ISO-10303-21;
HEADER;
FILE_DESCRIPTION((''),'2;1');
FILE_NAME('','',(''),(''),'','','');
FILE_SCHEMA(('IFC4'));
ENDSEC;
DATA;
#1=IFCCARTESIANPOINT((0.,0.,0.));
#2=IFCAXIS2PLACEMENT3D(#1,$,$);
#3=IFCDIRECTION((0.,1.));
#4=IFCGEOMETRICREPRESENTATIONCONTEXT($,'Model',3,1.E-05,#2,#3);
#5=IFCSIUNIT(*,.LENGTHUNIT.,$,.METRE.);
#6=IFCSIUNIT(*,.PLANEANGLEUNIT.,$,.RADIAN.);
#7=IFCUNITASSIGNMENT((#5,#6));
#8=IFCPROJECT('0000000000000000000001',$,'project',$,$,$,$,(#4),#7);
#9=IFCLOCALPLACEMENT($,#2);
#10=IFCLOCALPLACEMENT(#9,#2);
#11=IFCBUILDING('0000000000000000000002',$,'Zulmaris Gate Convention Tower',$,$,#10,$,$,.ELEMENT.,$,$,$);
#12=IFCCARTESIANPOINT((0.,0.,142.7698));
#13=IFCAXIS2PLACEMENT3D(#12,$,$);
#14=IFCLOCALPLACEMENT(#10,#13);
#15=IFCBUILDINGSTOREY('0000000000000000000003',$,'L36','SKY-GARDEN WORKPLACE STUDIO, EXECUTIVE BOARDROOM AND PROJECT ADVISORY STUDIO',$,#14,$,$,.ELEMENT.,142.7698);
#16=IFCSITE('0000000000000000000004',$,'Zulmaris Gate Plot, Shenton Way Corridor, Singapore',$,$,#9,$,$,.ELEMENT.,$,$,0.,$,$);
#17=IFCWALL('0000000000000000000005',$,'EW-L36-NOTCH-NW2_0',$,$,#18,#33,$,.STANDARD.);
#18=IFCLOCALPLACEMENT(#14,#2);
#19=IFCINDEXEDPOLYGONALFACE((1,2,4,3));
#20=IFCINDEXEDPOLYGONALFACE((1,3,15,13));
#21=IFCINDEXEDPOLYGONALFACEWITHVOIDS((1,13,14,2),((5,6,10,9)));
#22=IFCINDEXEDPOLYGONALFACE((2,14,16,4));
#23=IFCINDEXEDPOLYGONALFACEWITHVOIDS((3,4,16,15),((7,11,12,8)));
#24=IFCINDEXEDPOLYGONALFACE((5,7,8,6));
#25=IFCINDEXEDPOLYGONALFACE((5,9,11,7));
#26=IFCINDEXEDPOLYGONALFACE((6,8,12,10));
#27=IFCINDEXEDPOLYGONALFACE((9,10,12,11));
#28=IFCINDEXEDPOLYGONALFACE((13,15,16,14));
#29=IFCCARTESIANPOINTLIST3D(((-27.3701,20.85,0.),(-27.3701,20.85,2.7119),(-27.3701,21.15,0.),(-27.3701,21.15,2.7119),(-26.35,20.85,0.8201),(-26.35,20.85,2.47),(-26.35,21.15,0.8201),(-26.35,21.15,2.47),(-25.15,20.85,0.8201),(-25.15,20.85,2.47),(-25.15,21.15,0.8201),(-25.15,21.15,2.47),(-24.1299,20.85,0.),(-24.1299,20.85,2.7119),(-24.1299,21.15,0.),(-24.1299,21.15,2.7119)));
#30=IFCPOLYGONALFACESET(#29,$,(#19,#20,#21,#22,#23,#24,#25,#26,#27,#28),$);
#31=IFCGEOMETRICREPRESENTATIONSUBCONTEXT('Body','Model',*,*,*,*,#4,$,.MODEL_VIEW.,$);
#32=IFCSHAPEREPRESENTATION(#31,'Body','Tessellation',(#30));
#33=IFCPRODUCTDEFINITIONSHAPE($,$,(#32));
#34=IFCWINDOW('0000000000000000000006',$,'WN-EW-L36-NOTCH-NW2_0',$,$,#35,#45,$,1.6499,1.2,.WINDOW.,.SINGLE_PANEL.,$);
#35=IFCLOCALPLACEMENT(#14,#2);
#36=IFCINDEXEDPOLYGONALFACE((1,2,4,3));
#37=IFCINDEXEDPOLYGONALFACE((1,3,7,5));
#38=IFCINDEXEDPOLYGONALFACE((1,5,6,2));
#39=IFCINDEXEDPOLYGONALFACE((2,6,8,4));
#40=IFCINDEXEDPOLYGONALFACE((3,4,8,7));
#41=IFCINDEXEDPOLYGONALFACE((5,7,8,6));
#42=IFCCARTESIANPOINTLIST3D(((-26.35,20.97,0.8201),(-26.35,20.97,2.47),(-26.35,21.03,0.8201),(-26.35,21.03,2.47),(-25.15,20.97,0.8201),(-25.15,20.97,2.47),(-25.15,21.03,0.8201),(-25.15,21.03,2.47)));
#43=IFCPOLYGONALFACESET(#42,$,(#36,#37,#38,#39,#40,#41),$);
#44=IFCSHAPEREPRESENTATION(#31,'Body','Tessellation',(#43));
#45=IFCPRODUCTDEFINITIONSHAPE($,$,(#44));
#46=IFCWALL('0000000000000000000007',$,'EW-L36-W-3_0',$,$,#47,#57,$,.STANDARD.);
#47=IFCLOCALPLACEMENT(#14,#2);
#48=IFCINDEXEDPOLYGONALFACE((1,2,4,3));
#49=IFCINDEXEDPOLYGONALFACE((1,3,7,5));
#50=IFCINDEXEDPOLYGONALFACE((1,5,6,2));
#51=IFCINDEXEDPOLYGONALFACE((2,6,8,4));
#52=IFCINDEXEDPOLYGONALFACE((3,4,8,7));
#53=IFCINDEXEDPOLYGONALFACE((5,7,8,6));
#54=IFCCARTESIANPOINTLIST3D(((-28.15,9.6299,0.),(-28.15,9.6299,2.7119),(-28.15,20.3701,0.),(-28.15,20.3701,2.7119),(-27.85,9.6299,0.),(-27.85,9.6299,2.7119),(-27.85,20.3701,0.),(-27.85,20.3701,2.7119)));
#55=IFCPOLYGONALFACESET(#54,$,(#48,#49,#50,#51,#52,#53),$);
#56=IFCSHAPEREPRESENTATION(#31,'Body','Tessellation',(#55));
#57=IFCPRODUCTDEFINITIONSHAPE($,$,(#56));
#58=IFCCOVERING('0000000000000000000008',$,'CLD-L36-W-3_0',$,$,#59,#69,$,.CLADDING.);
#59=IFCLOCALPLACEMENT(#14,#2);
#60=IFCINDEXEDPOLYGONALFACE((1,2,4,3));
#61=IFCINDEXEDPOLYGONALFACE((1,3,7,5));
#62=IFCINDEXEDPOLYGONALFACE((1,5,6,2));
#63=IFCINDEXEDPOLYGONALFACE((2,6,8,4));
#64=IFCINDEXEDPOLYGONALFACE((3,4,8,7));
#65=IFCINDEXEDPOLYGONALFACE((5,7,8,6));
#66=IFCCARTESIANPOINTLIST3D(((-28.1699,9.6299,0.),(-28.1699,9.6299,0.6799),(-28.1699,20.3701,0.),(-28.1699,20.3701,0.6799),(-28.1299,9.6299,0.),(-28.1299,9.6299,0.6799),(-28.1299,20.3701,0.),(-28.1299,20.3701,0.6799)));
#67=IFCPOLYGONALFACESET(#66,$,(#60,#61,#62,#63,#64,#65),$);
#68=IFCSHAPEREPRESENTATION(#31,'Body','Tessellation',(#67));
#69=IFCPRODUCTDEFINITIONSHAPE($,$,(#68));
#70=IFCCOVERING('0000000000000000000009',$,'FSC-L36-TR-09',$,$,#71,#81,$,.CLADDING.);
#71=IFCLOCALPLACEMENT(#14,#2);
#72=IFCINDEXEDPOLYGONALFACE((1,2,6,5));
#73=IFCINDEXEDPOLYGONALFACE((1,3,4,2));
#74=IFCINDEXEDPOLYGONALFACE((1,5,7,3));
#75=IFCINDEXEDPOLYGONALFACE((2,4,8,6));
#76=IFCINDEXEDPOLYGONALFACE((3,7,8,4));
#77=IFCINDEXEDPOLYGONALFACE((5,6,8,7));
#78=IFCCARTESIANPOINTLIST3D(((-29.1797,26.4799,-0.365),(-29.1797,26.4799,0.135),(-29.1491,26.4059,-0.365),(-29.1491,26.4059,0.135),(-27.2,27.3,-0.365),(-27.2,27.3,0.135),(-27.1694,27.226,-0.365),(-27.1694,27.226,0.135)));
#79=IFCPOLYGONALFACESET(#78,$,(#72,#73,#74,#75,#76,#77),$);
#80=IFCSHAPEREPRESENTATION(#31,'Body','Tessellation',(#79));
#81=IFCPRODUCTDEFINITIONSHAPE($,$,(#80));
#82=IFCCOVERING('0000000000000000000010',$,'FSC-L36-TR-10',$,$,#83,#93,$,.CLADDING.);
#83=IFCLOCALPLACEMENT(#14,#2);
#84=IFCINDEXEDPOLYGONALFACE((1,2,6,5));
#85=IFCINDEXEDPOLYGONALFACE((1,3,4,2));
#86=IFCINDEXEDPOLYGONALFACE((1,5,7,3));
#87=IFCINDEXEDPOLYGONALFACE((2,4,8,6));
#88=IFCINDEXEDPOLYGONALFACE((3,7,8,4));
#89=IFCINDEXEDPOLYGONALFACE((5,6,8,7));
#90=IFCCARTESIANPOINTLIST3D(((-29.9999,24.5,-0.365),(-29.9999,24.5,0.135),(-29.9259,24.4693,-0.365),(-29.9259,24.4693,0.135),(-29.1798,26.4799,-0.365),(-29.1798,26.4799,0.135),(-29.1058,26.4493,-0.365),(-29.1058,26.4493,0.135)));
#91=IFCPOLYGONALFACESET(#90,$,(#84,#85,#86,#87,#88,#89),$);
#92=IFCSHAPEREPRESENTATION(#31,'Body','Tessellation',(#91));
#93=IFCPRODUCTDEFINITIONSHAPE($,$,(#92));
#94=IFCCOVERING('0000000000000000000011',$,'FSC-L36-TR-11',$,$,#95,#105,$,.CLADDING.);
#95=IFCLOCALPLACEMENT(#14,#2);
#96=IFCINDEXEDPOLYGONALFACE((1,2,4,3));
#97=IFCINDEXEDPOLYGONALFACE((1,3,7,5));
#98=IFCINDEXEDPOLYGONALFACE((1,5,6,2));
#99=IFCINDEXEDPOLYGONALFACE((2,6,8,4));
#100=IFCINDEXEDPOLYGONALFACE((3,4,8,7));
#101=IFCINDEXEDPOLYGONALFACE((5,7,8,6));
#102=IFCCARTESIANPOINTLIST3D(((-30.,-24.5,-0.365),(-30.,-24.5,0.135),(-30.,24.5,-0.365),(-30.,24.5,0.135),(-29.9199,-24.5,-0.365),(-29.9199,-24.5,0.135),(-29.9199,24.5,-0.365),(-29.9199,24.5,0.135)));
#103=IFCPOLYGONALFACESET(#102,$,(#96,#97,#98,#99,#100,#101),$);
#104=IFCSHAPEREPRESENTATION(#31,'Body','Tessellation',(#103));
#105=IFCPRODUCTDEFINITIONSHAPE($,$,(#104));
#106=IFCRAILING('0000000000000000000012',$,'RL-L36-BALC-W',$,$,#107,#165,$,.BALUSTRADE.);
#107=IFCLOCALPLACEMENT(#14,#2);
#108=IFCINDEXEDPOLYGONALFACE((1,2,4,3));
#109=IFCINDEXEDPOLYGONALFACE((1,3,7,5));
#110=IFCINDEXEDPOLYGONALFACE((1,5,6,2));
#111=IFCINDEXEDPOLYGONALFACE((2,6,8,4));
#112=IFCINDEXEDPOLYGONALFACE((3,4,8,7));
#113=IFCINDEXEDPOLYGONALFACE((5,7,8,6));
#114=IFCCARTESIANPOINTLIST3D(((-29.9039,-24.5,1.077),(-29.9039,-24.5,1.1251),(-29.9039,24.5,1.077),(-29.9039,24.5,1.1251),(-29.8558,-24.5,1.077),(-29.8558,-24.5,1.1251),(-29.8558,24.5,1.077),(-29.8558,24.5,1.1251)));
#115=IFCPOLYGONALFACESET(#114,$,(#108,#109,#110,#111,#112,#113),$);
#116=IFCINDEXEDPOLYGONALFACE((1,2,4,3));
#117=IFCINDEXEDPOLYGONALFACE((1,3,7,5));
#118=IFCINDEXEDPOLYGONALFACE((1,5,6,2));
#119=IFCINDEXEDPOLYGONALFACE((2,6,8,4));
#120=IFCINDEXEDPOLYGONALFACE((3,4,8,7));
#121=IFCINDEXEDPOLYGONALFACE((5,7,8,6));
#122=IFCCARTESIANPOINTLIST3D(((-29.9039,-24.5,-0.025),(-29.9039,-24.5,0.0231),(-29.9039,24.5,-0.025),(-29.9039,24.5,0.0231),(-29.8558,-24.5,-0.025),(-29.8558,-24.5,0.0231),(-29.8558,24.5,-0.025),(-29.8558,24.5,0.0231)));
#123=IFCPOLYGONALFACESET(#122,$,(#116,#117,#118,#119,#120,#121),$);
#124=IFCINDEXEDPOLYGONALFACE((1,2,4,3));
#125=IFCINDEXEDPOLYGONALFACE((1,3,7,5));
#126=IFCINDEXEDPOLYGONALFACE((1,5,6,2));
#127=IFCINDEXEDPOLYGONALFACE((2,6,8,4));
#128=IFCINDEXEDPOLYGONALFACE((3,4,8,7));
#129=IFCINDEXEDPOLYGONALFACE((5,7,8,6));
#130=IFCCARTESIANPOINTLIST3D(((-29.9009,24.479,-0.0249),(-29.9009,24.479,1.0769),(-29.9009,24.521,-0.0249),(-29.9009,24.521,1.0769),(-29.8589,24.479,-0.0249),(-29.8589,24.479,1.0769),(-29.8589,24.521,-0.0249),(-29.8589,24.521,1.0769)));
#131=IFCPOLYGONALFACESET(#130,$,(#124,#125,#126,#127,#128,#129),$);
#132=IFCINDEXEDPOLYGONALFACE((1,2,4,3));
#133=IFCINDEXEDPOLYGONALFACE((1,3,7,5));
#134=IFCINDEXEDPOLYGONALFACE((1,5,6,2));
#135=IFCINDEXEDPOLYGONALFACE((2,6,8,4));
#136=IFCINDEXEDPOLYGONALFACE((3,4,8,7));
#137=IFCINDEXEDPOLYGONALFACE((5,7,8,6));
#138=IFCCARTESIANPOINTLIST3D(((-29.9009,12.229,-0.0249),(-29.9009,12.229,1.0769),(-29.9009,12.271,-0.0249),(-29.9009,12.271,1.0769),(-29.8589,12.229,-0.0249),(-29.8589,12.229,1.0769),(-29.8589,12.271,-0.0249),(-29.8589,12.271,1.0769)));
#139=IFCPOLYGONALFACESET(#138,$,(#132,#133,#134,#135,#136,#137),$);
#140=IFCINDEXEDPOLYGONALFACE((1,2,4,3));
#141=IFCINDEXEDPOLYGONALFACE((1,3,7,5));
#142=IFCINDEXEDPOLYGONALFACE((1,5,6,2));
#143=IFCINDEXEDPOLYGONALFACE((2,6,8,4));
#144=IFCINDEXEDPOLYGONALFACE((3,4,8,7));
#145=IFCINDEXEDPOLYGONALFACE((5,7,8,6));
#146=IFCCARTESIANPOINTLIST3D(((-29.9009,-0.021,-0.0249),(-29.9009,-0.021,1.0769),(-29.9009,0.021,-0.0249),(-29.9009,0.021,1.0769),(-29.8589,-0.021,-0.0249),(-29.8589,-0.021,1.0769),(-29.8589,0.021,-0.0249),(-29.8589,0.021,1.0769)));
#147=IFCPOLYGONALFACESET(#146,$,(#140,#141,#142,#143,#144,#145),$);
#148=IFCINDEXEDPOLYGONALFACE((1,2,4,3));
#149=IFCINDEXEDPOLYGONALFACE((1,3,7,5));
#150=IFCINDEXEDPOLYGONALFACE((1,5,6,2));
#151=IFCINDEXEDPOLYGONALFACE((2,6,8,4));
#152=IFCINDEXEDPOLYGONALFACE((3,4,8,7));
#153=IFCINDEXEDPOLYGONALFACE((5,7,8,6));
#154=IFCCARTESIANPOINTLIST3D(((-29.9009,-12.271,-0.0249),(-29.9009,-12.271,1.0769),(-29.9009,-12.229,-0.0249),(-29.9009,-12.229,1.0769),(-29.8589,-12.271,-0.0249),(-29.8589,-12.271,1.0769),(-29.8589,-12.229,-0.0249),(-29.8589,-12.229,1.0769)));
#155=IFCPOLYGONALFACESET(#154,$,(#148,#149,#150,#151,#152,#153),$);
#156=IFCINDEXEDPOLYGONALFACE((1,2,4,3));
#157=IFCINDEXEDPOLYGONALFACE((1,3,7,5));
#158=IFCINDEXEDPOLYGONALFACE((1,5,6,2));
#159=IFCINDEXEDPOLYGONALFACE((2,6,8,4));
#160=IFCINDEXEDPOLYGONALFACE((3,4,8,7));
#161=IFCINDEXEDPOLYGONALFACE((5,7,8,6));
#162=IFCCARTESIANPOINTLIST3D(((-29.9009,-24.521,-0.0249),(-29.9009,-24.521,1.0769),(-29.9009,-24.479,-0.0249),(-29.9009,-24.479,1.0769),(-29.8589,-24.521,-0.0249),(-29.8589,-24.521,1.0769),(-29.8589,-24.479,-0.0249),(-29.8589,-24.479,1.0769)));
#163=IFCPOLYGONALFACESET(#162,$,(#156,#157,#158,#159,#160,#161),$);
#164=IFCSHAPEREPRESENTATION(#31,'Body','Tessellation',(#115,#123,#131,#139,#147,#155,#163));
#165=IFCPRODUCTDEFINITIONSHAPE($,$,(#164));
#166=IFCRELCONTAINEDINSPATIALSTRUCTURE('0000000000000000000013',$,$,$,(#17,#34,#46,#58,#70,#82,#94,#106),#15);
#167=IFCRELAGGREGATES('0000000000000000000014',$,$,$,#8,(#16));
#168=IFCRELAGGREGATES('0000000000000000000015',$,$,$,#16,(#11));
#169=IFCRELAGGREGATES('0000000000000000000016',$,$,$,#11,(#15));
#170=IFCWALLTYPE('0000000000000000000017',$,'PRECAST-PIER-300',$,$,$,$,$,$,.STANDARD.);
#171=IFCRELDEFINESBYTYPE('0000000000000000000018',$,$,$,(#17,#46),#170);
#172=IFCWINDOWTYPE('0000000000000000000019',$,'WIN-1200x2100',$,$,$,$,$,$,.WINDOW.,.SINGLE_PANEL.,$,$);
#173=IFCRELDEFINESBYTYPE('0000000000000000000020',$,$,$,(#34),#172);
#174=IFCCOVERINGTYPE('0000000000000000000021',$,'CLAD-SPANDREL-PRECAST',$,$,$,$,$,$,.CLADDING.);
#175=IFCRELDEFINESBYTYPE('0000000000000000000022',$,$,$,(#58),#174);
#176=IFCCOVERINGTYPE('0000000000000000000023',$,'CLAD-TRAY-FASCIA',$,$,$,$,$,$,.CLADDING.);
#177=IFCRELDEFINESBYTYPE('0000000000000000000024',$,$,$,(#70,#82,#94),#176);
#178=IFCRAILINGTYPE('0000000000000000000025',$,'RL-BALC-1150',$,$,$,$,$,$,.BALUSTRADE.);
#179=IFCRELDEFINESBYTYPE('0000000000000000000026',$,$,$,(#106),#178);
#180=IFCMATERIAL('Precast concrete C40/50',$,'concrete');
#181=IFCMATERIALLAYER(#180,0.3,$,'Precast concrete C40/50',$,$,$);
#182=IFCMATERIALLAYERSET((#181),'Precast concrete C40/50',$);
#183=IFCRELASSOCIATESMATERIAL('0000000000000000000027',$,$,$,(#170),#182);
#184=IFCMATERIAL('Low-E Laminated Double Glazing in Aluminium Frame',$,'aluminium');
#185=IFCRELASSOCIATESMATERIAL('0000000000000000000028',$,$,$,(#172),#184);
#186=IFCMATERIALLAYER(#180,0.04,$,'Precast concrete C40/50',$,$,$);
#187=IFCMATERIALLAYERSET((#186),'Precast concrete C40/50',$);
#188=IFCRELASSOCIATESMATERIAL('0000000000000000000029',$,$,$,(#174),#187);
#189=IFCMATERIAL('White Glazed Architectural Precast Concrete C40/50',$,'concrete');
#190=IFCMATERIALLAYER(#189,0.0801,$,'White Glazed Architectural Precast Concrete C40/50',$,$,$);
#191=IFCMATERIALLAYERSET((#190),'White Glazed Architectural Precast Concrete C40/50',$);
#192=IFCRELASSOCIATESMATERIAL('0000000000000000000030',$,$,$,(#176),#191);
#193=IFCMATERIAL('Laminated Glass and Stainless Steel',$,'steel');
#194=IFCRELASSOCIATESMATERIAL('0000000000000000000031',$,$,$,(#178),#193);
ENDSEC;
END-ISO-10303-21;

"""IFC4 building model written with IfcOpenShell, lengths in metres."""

from ifc_helpers import new_model, si_unit, direction, frame, frame_2d, origin, origin_2d, place, context, subcontext, project, spatial, rectangle, extrude, material, layer, layer_set, type_object, element, fill, save


model = new_model("IFC4")

# Units and contexts
model_context = context("Model", 3, precision=1e-05, world=origin(), true_north=direction((0.0, 1.0)))
body_context = subcontext(model_context, "Body", "Model", "MODEL_VIEW")
ifc_project = project(units=[si_unit("LENGTHUNIT", "METRE"), si_unit("PLANEANGLEUNIT", "RADIAN")], contexts=[model_context])

# Site, building, storey
site_placement = place(None, origin())
site = spatial("IfcSite", under=ifc_project, at=site_placement, Name="Zulmaris Gate Plot, Shenton Way Corridor, Singapore", CompositionType="ELEMENT", RefElevation=0.0)
building_placement = place(site_placement, origin())
building = spatial("IfcBuilding", under=site, at=building_placement, Name="Zulmaris Gate Convention Tower", CompositionType="ELEMENT")
storey_placement = place(building_placement, frame((0.0, 0.0, 142.7698)))
storey = spatial("IfcBuildingStorey", under=building, at=storey_placement, Name="L36", Description="SKY-GARDEN WORKPLACE STUDIO, EXECUTIVE BOARDROOM AND PROJECT ADVISORY STUDIO", CompositionType="ELEMENT", Elevation=142.7698)

# Wall, opening, window
ifc_material_1 = material(Name="Precast concrete C40/50", Category="concrete")
ifc_layer_1 = layer(ifc_material_1, 0.3, Name="Precast concrete C40/50")
ifc_layer_set_1 = layer_set([ifc_layer_1], Name="Precast concrete C40/50")
wall_type_1 = type_object("IfcWallType", Name="PRECAST-PIER-300", PredefinedType="STANDARD", material=ifc_layer_set_1)
wall_1_placement = place(storey_placement, frame((-24.1299, 21.0, 0.0), z_axis=(0.0, 0.0, 1.0), x_axis=(-1.0, 0.0, 0.0)))
wall_1 = element("IfcWall", 1, at=wall_1_placement, inside=storey, type_object=wall_type_1, Name="EW-L36-NOTCH-NW2_0", PredefinedType="STANDARD", context=body_context, shape_type="SweptSolid", body=[
    extrude(rectangle(XDim=3.2402, YDim=0.3, at=frame_2d((1.6201, 0.0))), origin(), (0.0, 0.0, 1.0), 2.7119),
])
opening_1_placement = place(wall_1_placement, frame((1.02, 0.0, 0.8201)))
opening_1 = element("IfcOpeningElement", 2, at=opening_1_placement, cuts=wall_1, PredefinedType="OPENING", context=body_context, shape_type="SweptSolid", body=[
    extrude(rectangle(XDim=1.2, YDim=1.6499, at=frame_2d((0.6001, 0.825))), frame((0.0, 0.1602, 0.0), z_axis=(0.0, -1.0, 0.0), x_axis=(1.0, 0.0, 0.0)), (0.0, 0.0, 1.0), 0.3201),
])
ifc_material_2 = material(Name="Low-E Laminated Double Glazing in Aluminium Frame", Category="aluminium")
window_type = type_object("IfcWindowType", Name="WIN-1200x2100", PartitioningType="SINGLE_PANEL", PredefinedType="WINDOW", material=ifc_material_2)
window_placement = place(opening_1_placement, origin())
window = element("IfcWindow", 3, at=window_placement, inside=storey, type_object=window_type, Name="WN-EW-L36-NOTCH-NW2_0", OverallHeight=1.6499, OverallWidth=1.2, PartitioningType="SINGLE_PANEL", PredefinedType="WINDOW", context=body_context, shape_type="SweptSolid", body=[
    extrude(rectangle(XDim=1.2, YDim=1.6499, at=frame_2d((0.6001, 0.825))), frame((0.0, 0.03, 0.0), z_axis=(0.0, -1.0, 0.0), x_axis=(1.0, 0.0, 0.0)), (0.0, 0.0, 1.0), 0.0601),
])
fill(opening_1, window)

# Wall
wall_2_placement = place(storey_placement, frame((-28.0, 20.3701, 0.0), z_axis=(0.0, 0.0, 1.0), x_axis=(0.0, -1.0, 0.0)))
element("IfcWall", 4, at=wall_2_placement, inside=storey, type_object=wall_type_1, Name="EW-L36-W-3_0", PredefinedType="STANDARD", context=body_context, shape_type="SweptSolid", body=[
    extrude(rectangle(XDim=10.7402, YDim=0.3, at=frame_2d((5.3701, 0.0))), origin(), (0.0, 0.0, 1.0), 2.7119),
])

# Coverings
ifc_layer_2 = layer(ifc_material_1, 0.04, Name="Precast concrete C40/50")
ifc_layer_set_2 = layer_set([ifc_layer_2], Name="Precast concrete C40/50")
covering_type_1 = type_object("IfcCoveringType", Name="CLAD-SPANDREL-PRECAST", PredefinedType="CLADDING", material=ifc_layer_set_2)
covering_1_placement = place(storey_placement, frame((-28.1499, 20.3701, 0.0), z_axis=(0.0, 0.0, 1.0), x_axis=(0.0, -1.0, 0.0)))
element("IfcCovering", 5, at=covering_1_placement, inside=storey, type_object=covering_type_1, Name="CLD-L36-W-3_0", PredefinedType="CLADDING", context=body_context, shape_type="SweptSolid", body=[
    extrude(rectangle(XDim=10.7402, YDim=0.04, at=frame_2d((5.3701, 0.0))), origin(), (0.0, 0.0, 1.0), 0.6799),
])
ifc_material_3 = material(Name="White Glazed Architectural Precast Concrete C40/50", Category="concrete")
ifc_layer_3 = layer(ifc_material_3, 0.0801, Name="White Glazed Architectural Precast Concrete C40/50")
ifc_layer_set_3 = layer_set([ifc_layer_3], Name="White Glazed Architectural Precast Concrete C40/50")
covering_type_2 = type_object("IfcCoveringType", Name="CLAD-TRAY-FASCIA", PredefinedType="CLADDING", material=ifc_layer_set_3)
covering_2_placement = place(storey_placement, frame((-27.1848, 27.2629, -0.365), z_axis=(0.0, 0.0, 1.0), x_axis=(-0.923874, -0.382697, 0.0)))
element("IfcCovering", 6, at=covering_2_placement, inside=storey, type_object=covering_type_2, Name="FSC-L36-TR-09", PredefinedType="CLADDING", context=body_context, shape_type="SweptSolid", body=[
    extrude(rectangle(XDim=2.1428, YDim=0.0801, at=frame_2d((1.0713, 0.0))), origin(), (0.0, 0.0, 1.0), 0.5),
])
covering_3_placement = place(storey_placement, frame((-29.1428, 26.4646, -0.365), z_axis=(0.0, 0.0, 1.0), x_axis=(-0.382657, -0.92389, 0.0)))
element("IfcCovering", 7, at=covering_3_placement, inside=storey, type_object=covering_type_2, Name="FSC-L36-TR-10", PredefinedType="CLADDING", context=body_context, shape_type="SweptSolid", body=[
    extrude(rectangle(XDim=2.1431, YDim=0.0801, at=frame_2d((1.0715, 0.0))), origin(), (0.0, 0.0, 1.0), 0.5),
])
covering_4_placement = place(storey_placement, frame((-29.96, 24.5, -0.365), z_axis=(0.0, 0.0, 1.0), x_axis=(0.0, -1.0, 0.0)))
element("IfcCovering", 8, at=covering_4_placement, inside=storey, type_object=covering_type_2, Name="FSC-L36-TR-11", PredefinedType="CLADDING", context=body_context, shape_type="SweptSolid", body=[
    extrude(rectangle(XDim=49.0, YDim=0.0801, at=frame_2d((24.5, 0.0))), origin(), (0.0, 0.0, 1.0), 0.5),
])

# Railing
ifc_material_4 = material(Name="Laminated Glass and Stainless Steel", Category="steel")
railing_type = type_object("IfcRailingType", Name="RL-BALC-1150", PredefinedType="BALUSTRADE", material=ifc_material_4)
railing_placement = place(storey_placement, frame((-29.8799, 24.5, -0.0249)))
element("IfcRailing", 9, at=railing_placement, inside=storey, type_object=railing_type, Name="RL-L36-BALC-W", PredefinedType="BALUSTRADE", context=body_context, shape_type="SweptSolid", body=[
    extrude(rectangle(XDim=0.0481, YDim=0.0481, at=origin_2d()), frame((0.0, 0.0, 1.126), z_axis=(0.0, -1.0, 0.0), x_axis=(1.0, 0.0, 0.0)), (0.0, 0.0, 1.0), 49.0),
    extrude(rectangle(XDim=0.0481, YDim=0.0481, at=origin_2d()), frame((0.0, 0.0, 0.0239), z_axis=(0.0, -1.0, 0.0), x_axis=(1.0, 0.0, 0.0)), (0.0, 0.0, 1.0), 49.0),
    extrude(rectangle(XDim=0.042, YDim=0.042, at=origin_2d()), origin(), (0.0, 0.0, 1.0), 1.1018),
    extrude(rectangle(XDim=0.042, YDim=0.042, at=origin_2d()), frame((0.0, -12.25, 0.0)), (0.0, 0.0, 1.0), 1.1018),
    extrude(rectangle(XDim=0.042, YDim=0.042, at=origin_2d()), frame((0.0, -24.5, 0.0)), (0.0, 0.0, 1.0), 1.1018),
    extrude(rectangle(XDim=0.042, YDim=0.042, at=origin_2d()), frame((0.0, -36.75, 0.0)), (0.0, 0.0, 1.0), 1.1018),
    extrude(rectangle(XDim=0.042, YDim=0.042, at=origin_2d()), frame((0.0, -49.0, 0.0)), (0.0, 0.0, 1.0), 1.1018),
])

save(model, "model.ifc")
